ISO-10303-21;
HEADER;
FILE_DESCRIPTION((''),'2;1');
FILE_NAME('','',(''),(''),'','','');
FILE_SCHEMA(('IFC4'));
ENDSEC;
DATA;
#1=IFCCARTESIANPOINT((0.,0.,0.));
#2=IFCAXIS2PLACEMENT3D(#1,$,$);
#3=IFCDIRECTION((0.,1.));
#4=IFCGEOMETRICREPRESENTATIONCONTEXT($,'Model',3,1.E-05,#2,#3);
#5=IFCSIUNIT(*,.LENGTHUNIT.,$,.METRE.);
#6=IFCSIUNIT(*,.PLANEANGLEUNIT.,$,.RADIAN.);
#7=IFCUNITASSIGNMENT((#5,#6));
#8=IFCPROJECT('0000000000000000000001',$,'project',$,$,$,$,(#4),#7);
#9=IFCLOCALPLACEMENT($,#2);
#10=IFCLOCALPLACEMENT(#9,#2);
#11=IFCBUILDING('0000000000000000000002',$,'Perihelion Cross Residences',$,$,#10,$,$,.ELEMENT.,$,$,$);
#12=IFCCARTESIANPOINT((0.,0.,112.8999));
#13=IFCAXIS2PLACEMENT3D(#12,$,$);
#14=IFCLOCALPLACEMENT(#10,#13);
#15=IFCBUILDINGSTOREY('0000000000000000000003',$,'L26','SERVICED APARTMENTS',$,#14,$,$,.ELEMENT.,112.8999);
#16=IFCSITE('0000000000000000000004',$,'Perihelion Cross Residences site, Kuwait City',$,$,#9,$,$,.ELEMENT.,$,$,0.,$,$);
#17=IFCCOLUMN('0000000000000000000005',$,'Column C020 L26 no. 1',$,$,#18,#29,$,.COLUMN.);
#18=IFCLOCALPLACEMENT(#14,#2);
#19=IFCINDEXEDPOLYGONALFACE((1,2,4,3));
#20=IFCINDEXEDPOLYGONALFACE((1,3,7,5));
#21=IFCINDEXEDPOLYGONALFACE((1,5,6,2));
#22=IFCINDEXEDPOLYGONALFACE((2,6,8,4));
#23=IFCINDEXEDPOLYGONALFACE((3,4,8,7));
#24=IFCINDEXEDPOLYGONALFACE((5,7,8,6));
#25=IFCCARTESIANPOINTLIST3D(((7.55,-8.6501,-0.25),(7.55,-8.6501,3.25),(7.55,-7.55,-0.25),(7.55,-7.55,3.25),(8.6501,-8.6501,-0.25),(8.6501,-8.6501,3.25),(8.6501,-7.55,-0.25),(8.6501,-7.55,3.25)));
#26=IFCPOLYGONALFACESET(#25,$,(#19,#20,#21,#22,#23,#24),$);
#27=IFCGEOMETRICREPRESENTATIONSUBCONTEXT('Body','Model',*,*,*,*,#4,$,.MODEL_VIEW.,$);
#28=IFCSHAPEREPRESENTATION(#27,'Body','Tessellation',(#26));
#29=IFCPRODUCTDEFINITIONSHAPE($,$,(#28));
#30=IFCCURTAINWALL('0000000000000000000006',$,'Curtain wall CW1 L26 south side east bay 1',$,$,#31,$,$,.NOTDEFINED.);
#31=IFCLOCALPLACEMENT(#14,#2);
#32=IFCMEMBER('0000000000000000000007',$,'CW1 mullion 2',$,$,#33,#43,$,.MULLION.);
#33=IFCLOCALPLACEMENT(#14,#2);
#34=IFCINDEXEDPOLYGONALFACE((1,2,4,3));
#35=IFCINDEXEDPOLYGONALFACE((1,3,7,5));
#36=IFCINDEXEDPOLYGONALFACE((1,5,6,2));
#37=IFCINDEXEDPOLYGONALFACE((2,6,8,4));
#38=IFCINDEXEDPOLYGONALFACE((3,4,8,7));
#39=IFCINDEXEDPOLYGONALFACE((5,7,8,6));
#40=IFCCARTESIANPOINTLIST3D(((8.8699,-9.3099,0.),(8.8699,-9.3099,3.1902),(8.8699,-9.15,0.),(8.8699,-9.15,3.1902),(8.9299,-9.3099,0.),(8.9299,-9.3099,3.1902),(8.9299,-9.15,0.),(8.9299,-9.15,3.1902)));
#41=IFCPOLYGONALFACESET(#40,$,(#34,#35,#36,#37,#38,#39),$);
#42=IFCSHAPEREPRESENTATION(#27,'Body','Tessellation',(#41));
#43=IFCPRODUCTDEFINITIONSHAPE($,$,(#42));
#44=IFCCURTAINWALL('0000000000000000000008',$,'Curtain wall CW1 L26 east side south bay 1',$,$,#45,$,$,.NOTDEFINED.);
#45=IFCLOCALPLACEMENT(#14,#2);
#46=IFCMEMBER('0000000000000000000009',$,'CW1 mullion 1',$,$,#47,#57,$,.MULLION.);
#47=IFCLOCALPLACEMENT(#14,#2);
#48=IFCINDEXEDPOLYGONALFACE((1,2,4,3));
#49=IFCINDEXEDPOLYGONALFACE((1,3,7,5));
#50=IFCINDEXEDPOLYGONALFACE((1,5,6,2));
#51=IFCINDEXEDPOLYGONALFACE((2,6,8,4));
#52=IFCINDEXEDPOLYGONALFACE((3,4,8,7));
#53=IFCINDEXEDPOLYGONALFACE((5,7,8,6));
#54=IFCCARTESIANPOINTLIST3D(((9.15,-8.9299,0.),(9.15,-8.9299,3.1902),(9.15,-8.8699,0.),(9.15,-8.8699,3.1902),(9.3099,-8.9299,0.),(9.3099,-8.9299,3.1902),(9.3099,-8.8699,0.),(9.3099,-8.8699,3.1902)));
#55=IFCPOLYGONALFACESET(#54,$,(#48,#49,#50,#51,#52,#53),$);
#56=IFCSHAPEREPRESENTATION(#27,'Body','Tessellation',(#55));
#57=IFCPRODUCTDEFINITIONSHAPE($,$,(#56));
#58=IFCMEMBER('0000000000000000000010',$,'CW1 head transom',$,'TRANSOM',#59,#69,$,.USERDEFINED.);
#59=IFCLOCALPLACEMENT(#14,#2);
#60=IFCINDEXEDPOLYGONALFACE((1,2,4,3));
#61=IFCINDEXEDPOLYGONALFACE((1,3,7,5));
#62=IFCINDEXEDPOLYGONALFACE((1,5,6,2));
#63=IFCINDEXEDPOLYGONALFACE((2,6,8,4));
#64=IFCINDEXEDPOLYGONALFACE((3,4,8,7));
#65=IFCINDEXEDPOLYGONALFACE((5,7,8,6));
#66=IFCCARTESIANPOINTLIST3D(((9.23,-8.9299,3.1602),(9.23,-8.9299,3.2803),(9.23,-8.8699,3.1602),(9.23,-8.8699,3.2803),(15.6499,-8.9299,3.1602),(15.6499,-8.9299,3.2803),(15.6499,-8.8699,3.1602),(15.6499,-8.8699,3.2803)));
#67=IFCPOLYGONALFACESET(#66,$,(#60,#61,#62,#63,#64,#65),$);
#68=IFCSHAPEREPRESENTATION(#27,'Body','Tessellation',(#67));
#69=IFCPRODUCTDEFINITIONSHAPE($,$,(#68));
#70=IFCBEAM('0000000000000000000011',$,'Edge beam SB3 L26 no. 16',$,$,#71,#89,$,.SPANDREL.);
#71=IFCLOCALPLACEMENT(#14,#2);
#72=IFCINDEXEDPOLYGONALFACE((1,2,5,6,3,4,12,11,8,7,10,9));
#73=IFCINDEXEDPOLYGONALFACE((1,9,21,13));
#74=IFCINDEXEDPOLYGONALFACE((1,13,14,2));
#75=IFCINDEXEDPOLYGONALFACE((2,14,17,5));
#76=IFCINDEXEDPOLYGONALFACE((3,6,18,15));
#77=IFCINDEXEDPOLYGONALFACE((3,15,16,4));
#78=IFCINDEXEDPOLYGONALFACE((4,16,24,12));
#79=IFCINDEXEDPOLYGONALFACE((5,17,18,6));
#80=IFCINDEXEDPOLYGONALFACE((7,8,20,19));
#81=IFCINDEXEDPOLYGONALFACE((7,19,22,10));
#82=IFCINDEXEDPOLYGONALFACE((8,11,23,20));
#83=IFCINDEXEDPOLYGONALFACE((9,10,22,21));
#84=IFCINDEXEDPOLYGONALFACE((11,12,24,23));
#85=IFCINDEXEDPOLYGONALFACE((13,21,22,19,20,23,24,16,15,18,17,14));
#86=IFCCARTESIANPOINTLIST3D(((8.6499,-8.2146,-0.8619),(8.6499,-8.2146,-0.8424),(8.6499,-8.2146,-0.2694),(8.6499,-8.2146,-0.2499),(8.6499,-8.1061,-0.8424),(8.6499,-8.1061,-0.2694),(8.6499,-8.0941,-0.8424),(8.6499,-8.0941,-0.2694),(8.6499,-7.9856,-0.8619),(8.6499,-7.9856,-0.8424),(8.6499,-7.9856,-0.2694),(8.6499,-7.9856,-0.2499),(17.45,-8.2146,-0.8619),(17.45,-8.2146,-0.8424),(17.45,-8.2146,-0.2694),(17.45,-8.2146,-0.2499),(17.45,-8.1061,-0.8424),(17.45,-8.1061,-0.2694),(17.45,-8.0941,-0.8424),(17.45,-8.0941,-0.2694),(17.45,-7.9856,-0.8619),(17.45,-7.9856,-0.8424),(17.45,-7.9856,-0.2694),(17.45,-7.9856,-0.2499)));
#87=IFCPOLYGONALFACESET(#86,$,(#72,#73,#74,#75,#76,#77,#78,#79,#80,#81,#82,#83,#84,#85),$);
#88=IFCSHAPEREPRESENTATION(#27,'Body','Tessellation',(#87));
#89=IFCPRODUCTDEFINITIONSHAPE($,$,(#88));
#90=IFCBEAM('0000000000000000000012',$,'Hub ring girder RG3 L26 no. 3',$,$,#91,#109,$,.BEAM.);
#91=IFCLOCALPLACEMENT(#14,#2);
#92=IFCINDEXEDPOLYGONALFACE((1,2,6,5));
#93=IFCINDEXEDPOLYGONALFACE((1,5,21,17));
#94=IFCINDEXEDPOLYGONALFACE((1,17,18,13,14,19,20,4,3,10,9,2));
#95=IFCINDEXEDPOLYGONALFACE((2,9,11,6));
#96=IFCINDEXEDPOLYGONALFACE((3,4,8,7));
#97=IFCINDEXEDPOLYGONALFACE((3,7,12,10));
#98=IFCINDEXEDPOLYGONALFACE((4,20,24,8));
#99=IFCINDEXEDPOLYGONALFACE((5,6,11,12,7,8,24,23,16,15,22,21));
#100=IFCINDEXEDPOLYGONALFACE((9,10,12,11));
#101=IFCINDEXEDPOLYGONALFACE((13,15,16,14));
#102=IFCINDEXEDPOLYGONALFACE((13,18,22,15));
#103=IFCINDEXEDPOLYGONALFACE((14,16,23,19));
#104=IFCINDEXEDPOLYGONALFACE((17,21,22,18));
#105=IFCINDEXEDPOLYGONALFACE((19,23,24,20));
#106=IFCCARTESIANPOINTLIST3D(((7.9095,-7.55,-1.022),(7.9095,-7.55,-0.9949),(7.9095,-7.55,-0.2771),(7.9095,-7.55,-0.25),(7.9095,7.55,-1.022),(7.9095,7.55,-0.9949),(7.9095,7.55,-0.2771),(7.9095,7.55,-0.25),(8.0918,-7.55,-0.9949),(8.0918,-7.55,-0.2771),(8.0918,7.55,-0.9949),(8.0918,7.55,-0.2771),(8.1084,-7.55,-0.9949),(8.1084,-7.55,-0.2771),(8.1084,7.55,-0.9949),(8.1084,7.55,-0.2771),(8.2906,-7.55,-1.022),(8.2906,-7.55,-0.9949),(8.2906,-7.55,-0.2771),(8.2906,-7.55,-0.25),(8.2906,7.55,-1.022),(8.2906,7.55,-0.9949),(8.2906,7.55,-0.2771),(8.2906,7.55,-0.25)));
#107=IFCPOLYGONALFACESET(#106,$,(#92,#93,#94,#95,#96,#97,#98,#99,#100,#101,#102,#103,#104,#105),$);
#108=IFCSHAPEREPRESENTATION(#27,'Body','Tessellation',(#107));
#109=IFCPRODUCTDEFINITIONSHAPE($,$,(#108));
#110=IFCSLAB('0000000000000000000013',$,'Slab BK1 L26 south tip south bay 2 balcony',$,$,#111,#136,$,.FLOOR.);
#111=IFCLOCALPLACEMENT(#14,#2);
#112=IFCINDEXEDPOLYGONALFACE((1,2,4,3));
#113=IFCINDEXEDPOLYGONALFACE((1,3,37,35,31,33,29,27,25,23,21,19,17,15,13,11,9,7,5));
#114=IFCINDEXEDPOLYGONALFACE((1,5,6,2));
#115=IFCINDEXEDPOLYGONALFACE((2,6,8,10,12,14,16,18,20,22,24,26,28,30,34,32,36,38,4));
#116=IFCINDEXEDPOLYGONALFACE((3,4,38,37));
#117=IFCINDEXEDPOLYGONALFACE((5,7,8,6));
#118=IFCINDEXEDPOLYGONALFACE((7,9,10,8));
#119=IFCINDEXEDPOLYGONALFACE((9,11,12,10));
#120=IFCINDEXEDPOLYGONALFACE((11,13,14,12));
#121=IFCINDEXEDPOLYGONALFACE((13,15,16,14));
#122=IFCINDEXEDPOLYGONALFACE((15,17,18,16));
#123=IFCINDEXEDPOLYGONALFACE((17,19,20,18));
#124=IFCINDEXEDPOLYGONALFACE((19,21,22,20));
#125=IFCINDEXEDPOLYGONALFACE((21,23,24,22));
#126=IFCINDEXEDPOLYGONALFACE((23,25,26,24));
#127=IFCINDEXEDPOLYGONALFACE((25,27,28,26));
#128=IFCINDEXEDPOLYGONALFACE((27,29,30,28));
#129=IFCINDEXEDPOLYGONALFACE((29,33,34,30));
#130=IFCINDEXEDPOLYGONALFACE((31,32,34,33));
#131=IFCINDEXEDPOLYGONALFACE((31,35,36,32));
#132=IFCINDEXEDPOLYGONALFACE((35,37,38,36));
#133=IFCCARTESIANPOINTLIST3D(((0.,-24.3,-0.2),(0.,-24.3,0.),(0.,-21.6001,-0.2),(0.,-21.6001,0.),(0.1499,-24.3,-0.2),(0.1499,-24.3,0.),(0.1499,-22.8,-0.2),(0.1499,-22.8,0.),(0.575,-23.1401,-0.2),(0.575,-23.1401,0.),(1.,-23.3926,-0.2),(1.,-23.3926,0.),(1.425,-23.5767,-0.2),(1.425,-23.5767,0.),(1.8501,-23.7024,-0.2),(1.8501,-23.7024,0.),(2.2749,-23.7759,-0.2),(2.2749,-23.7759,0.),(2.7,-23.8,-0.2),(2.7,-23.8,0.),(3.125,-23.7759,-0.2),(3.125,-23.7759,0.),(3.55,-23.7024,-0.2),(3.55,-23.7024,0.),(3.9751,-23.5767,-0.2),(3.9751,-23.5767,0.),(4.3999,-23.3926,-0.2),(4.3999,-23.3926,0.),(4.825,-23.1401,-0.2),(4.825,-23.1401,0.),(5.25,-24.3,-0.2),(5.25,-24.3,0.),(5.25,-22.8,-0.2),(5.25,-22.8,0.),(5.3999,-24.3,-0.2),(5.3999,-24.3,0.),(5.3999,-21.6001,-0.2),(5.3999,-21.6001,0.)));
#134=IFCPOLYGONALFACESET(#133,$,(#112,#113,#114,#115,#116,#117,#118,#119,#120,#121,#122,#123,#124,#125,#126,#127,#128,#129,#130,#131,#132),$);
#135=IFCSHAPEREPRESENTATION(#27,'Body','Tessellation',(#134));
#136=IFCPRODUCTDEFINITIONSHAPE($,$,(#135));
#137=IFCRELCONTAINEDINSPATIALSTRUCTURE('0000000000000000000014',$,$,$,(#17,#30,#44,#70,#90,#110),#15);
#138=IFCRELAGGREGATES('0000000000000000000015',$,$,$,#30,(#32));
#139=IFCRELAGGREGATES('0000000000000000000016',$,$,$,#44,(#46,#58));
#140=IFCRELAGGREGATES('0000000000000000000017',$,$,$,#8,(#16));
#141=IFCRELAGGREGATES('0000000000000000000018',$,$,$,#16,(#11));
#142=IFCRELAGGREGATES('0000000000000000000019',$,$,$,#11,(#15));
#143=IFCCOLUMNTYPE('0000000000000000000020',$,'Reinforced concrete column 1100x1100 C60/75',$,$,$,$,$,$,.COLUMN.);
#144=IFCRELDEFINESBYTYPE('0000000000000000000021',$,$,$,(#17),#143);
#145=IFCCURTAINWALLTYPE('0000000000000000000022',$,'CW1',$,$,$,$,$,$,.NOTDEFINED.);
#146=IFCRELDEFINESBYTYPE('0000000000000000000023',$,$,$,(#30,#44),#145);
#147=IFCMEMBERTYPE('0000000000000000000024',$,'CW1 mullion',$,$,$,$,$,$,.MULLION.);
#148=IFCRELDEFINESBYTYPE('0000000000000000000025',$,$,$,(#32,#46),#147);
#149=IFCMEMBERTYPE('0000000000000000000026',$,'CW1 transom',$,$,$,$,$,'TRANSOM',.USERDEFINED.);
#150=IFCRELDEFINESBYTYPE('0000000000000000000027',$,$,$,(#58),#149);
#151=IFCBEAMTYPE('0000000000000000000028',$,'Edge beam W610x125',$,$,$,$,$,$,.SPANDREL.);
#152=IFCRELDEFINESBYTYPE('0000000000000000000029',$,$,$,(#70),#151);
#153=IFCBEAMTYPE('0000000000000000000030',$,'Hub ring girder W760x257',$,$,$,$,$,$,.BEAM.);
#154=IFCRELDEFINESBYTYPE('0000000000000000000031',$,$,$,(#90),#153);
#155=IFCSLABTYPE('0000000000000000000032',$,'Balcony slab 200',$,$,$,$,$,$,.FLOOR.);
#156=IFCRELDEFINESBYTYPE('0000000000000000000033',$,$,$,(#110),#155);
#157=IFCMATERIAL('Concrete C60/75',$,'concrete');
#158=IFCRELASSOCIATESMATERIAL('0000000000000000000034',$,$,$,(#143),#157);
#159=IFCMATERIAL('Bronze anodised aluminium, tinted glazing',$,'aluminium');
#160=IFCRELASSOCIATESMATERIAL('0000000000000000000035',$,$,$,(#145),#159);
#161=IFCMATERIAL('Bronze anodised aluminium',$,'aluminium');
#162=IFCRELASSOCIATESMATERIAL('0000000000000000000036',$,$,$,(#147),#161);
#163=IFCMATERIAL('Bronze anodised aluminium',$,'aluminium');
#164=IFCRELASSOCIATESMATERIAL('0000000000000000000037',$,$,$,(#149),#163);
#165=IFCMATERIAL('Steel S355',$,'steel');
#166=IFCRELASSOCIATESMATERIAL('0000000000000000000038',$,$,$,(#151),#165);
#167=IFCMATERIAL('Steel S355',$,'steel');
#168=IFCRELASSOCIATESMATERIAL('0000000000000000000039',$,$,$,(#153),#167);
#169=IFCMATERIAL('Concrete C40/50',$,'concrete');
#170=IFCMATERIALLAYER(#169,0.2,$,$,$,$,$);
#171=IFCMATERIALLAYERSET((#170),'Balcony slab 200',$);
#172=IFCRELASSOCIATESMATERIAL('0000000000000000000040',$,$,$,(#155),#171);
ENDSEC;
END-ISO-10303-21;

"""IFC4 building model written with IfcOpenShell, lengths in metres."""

from ifc_helpers import new_model, si_unit, direction, frame, origin, origin_2d, place, context, subcontext, project, spatial, polyline, rectangle, i_section, outline, extrude, material, layer, layer_set, material_profile, profile_set, type_object, element, aggregate, save


model = new_model("IFC4")

# Units and contexts
model_context = context("Model", 3, precision=1e-05, world=origin(), true_north=direction((0.0, 1.0)))
body_context = subcontext(model_context, "Body", "Model", "MODEL_VIEW")
ifc_project = project(units=[si_unit("LENGTHUNIT", "METRE"), si_unit("PLANEANGLEUNIT", "RADIAN")], contexts=[model_context])

# Site, building, storey
site_placement = place(None, origin())
site = spatial("IfcSite", under=ifc_project, at=site_placement, Name="Perihelion Cross Residences site, Kuwait City", CompositionType="ELEMENT", RefElevation=0.0)
building_placement = place(site_placement, origin())
building = spatial("IfcBuilding", under=site, at=building_placement, Name="Perihelion Cross Residences", CompositionType="ELEMENT")
storey_placement = place(building_placement, frame((0.0, 0.0, 112.8999)))
storey = spatial("IfcBuildingStorey", under=building, at=storey_placement, Name="L26", Description="SERVICED APARTMENTS", CompositionType="ELEMENT", Elevation=112.8999)

# Column
ifc_material_1 = material(Name="Concrete C60/75", Category="concrete")
ifc_material_profile_1 = material_profile(ifc_material_1, rectangle(XDim=1.1001, YDim=1.1001, at=origin_2d()), Name="RC 1100x1100")
ifc_profile_set_1 = profile_set([ifc_material_profile_1], Name="Concrete C60/75")
column_type = type_object("IfcColumnType", Name="Reinforced concrete column 1100x1100 C60/75", PredefinedType="COLUMN", material=ifc_profile_set_1)
column_placement = place(storey_placement, frame((8.1001, -8.1001, -0.25), z_axis=(0.0, 0.0, 1.0), x_axis=(1.0, 0.0, 0.0)))
element("IfcColumn", 1, at=column_placement, inside=storey, type_object=column_type, Name="Column C020 L26 no. 1", PredefinedType="COLUMN", context=body_context, shape_type="SweptSolid", body=[
    extrude(rectangle(XDim=1.1001, YDim=1.1001, at=origin_2d()), origin(), (0.0, 0.0, 1.0), 3.5),
])

# Curtain wall, member
ifc_material_2 = material(Name="Bronze anodised aluminium, tinted glazing", Category="aluminium")
curtain_wall_type = type_object("IfcCurtainWallType", Name="CW1", PredefinedType="NOTDEFINED", material=ifc_material_2)
curtain_wall_1_placement = place(storey_placement, origin())
curtain_wall_1 = element("IfcCurtainWall", 2, at=curtain_wall_1_placement, inside=storey, type_object=curtain_wall_type, Name="Curtain wall CW1 L26 south side east bay 1", PredefinedType="NOTDEFINED")
ifc_material_3 = material(Name="Bronze anodised aluminium", Category="aluminium")
ifc_material_profile_2 = material_profile(ifc_material_3, rectangle(XDim=0.0601, YDim=0.1599, at=origin_2d()), Name="CW1 mullion")
ifc_profile_set_2 = profile_set([ifc_material_profile_2], Name="Bronze anodised aluminium")
member_type_1 = type_object("IfcMemberType", Name="CW1 mullion", PredefinedType="MULLION", material=ifc_profile_set_2)
member_1_placement = place(storey_placement, frame((8.8999, -9.23, 0.0), z_axis=(0.0, 0.0, 1.0), x_axis=(-1.0, 0.0, 0.0)))
member_1 = element("IfcMember", 3, at=member_1_placement, type_object=member_type_1, Name="CW1 mullion 2", PredefinedType="MULLION", context=body_context, shape_type="SweptSolid", body=[
    extrude(rectangle(XDim=0.0601, YDim=0.1599, at=origin_2d()), origin(), (0.0, 0.0, 1.0), 3.1902),
])
aggregate(curtain_wall_1, [member_1])

# Curtain wall, members
curtain_wall_2_placement = place(storey_placement, origin())
curtain_wall_2 = element("IfcCurtainWall", 4, at=curtain_wall_2_placement, inside=storey, type_object=curtain_wall_type, Name="Curtain wall CW1 L26 east side south bay 1", PredefinedType="NOTDEFINED")
member_2_placement = place(storey_placement, frame((9.23, -8.8999, 0.0), z_axis=(0.0, 0.0, 1.0), x_axis=(0.0, 1.0, 0.0)))
member_2 = element("IfcMember", 5, at=member_2_placement, type_object=member_type_1, Name="CW1 mullion 1", PredefinedType="MULLION", context=body_context, shape_type="SweptSolid", body=[
    extrude(rectangle(XDim=0.0601, YDim=0.1599, at=origin_2d()), origin(), (0.0, 0.0, 1.0), 3.1902),
])
ifc_material_4 = material(Name="Bronze anodised aluminium", Category="aluminium")
ifc_material_profile_3 = material_profile(ifc_material_4, rectangle(XDim=0.0601, YDim=0.1201, at=origin_2d()), Name="CW1 transom")
ifc_profile_set_3 = profile_set([ifc_material_profile_3], Name="Bronze anodised aluminium")
member_type_2 = type_object("IfcMemberType", Name="CW1 transom", ElementType="TRANSOM", PredefinedType="USERDEFINED", material=ifc_profile_set_3)
member_3_placement = place(storey_placement, frame((9.23, -8.8999, 3.2202), z_axis=(1.0, 0.0, 0.0), x_axis=(0.0, 1.0, 0.0)))
member_3 = element("IfcMember", 6, at=member_3_placement, type_object=member_type_2, Name="CW1 head transom", ObjectType="TRANSOM", PredefinedType="USERDEFINED", context=body_context, shape_type="SweptSolid", body=[
    extrude(rectangle(XDim=0.0601, YDim=0.1201, at=origin_2d()), origin(), (0.0, 0.0, 1.0), 6.4199),
])
aggregate(curtain_wall_2, [member_2, member_3])

# Beams
ifc_material_5 = material(Name="Steel S355", Category="steel")
ifc_material_profile_4 = material_profile(ifc_material_5, i_section(OverallWidth=0.229, OverallDepth=0.6121, WebThickness=0.012, FlangeThickness=0.0195, at=origin_2d()), Name="W610x125")
ifc_profile_set_4 = profile_set([ifc_material_profile_4], Name="Steel S355")
beam_type_1 = type_object("IfcBeamType", Name="Edge beam W610x125", PredefinedType="SPANDREL", material=ifc_profile_set_4)
beam_1_placement = place(storey_placement, frame((8.6499, -8.1001, -0.5559), z_axis=(1.0, 0.0, 0.0), x_axis=(0.0, 1.0, 0.0)))
element("IfcBeam", 7, at=beam_1_placement, inside=storey, type_object=beam_type_1, Name="Edge beam SB3 L26 no. 16", PredefinedType="SPANDREL", context=body_context, shape_type="SweptSolid", body=[
    extrude(i_section(OverallWidth=0.229, OverallDepth=0.6121, WebThickness=0.012, FlangeThickness=0.0195, at=origin_2d()), origin(), (0.0, 0.0, 1.0), 8.8),
])
ifc_material_6 = material(Name="Steel S355", Category="steel")
ifc_material_profile_5 = material_profile(ifc_material_6, i_section(OverallWidth=0.3811, OverallDepth=0.772, WebThickness=0.0166, FlangeThickness=0.0271, at=origin_2d()), Name="W760x257")
ifc_profile_set_5 = profile_set([ifc_material_profile_5], Name="Steel S355")
beam_type_2 = type_object("IfcBeamType", Name="Hub ring girder W760x257", PredefinedType="BEAM", material=ifc_profile_set_5)
beam_2_placement = place(storey_placement, frame((8.1001, -7.55, -0.636), z_axis=(0.0, 1.0, 0.0), x_axis=(-1.0, 0.0, 0.0)))
element("IfcBeam", 8, at=beam_2_placement, inside=storey, type_object=beam_type_2, Name="Hub ring girder RG3 L26 no. 3", PredefinedType="BEAM", context=body_context, shape_type="SweptSolid", body=[
    extrude(i_section(OverallWidth=0.3811, OverallDepth=0.772, WebThickness=0.0166, FlangeThickness=0.0271, at=origin_2d()), origin(), (0.0, 0.0, 1.0), 15.1001),
])

# Slab
ifc_material_7 = material(Name="Concrete C40/50", Category="concrete")
ifc_layer_1 = layer(ifc_material_7, 0.2)
ifc_layer_set_1 = layer_set([ifc_layer_1], Name="Balcony slab 200")
slab_type_1 = type_object("IfcSlabType", Name="Balcony slab 200", PredefinedType="FLOOR", material=ifc_layer_set_1)
slab_1_placement = place(storey_placement, frame((0.0, 0.0, -0.2)))
element("IfcSlab", 9, at=slab_1_placement, inside=storey, type_object=slab_type_1, Name="Slab BK1 L26 south tip south bay 2 balcony", PredefinedType="FLOOR", context=body_context, shape_type="SweptSolid", body=[
    extrude(outline(polyline([(0.0, -21.6001), (5.3999, -21.6001), (5.3999, -24.3), (5.25, -24.3), (5.25, -22.8), (4.825, -23.1401), (4.3999, -23.3926), (3.9751, -23.5767), (3.55, -23.7024), (3.125, -23.7759), (2.7, -23.8), (2.2749, -23.7759), (1.8501, -23.7024), (1.425, -23.5767), (1.0, -23.3926), (0.575, -23.1401), (0.1499, -22.8), (0.1499, -24.3), (0.0, -24.3), (0.0, -21.6001)])), origin(), (0.0, 0.0, 1.0), 0.2),
])

save(model, "model.ifc")
